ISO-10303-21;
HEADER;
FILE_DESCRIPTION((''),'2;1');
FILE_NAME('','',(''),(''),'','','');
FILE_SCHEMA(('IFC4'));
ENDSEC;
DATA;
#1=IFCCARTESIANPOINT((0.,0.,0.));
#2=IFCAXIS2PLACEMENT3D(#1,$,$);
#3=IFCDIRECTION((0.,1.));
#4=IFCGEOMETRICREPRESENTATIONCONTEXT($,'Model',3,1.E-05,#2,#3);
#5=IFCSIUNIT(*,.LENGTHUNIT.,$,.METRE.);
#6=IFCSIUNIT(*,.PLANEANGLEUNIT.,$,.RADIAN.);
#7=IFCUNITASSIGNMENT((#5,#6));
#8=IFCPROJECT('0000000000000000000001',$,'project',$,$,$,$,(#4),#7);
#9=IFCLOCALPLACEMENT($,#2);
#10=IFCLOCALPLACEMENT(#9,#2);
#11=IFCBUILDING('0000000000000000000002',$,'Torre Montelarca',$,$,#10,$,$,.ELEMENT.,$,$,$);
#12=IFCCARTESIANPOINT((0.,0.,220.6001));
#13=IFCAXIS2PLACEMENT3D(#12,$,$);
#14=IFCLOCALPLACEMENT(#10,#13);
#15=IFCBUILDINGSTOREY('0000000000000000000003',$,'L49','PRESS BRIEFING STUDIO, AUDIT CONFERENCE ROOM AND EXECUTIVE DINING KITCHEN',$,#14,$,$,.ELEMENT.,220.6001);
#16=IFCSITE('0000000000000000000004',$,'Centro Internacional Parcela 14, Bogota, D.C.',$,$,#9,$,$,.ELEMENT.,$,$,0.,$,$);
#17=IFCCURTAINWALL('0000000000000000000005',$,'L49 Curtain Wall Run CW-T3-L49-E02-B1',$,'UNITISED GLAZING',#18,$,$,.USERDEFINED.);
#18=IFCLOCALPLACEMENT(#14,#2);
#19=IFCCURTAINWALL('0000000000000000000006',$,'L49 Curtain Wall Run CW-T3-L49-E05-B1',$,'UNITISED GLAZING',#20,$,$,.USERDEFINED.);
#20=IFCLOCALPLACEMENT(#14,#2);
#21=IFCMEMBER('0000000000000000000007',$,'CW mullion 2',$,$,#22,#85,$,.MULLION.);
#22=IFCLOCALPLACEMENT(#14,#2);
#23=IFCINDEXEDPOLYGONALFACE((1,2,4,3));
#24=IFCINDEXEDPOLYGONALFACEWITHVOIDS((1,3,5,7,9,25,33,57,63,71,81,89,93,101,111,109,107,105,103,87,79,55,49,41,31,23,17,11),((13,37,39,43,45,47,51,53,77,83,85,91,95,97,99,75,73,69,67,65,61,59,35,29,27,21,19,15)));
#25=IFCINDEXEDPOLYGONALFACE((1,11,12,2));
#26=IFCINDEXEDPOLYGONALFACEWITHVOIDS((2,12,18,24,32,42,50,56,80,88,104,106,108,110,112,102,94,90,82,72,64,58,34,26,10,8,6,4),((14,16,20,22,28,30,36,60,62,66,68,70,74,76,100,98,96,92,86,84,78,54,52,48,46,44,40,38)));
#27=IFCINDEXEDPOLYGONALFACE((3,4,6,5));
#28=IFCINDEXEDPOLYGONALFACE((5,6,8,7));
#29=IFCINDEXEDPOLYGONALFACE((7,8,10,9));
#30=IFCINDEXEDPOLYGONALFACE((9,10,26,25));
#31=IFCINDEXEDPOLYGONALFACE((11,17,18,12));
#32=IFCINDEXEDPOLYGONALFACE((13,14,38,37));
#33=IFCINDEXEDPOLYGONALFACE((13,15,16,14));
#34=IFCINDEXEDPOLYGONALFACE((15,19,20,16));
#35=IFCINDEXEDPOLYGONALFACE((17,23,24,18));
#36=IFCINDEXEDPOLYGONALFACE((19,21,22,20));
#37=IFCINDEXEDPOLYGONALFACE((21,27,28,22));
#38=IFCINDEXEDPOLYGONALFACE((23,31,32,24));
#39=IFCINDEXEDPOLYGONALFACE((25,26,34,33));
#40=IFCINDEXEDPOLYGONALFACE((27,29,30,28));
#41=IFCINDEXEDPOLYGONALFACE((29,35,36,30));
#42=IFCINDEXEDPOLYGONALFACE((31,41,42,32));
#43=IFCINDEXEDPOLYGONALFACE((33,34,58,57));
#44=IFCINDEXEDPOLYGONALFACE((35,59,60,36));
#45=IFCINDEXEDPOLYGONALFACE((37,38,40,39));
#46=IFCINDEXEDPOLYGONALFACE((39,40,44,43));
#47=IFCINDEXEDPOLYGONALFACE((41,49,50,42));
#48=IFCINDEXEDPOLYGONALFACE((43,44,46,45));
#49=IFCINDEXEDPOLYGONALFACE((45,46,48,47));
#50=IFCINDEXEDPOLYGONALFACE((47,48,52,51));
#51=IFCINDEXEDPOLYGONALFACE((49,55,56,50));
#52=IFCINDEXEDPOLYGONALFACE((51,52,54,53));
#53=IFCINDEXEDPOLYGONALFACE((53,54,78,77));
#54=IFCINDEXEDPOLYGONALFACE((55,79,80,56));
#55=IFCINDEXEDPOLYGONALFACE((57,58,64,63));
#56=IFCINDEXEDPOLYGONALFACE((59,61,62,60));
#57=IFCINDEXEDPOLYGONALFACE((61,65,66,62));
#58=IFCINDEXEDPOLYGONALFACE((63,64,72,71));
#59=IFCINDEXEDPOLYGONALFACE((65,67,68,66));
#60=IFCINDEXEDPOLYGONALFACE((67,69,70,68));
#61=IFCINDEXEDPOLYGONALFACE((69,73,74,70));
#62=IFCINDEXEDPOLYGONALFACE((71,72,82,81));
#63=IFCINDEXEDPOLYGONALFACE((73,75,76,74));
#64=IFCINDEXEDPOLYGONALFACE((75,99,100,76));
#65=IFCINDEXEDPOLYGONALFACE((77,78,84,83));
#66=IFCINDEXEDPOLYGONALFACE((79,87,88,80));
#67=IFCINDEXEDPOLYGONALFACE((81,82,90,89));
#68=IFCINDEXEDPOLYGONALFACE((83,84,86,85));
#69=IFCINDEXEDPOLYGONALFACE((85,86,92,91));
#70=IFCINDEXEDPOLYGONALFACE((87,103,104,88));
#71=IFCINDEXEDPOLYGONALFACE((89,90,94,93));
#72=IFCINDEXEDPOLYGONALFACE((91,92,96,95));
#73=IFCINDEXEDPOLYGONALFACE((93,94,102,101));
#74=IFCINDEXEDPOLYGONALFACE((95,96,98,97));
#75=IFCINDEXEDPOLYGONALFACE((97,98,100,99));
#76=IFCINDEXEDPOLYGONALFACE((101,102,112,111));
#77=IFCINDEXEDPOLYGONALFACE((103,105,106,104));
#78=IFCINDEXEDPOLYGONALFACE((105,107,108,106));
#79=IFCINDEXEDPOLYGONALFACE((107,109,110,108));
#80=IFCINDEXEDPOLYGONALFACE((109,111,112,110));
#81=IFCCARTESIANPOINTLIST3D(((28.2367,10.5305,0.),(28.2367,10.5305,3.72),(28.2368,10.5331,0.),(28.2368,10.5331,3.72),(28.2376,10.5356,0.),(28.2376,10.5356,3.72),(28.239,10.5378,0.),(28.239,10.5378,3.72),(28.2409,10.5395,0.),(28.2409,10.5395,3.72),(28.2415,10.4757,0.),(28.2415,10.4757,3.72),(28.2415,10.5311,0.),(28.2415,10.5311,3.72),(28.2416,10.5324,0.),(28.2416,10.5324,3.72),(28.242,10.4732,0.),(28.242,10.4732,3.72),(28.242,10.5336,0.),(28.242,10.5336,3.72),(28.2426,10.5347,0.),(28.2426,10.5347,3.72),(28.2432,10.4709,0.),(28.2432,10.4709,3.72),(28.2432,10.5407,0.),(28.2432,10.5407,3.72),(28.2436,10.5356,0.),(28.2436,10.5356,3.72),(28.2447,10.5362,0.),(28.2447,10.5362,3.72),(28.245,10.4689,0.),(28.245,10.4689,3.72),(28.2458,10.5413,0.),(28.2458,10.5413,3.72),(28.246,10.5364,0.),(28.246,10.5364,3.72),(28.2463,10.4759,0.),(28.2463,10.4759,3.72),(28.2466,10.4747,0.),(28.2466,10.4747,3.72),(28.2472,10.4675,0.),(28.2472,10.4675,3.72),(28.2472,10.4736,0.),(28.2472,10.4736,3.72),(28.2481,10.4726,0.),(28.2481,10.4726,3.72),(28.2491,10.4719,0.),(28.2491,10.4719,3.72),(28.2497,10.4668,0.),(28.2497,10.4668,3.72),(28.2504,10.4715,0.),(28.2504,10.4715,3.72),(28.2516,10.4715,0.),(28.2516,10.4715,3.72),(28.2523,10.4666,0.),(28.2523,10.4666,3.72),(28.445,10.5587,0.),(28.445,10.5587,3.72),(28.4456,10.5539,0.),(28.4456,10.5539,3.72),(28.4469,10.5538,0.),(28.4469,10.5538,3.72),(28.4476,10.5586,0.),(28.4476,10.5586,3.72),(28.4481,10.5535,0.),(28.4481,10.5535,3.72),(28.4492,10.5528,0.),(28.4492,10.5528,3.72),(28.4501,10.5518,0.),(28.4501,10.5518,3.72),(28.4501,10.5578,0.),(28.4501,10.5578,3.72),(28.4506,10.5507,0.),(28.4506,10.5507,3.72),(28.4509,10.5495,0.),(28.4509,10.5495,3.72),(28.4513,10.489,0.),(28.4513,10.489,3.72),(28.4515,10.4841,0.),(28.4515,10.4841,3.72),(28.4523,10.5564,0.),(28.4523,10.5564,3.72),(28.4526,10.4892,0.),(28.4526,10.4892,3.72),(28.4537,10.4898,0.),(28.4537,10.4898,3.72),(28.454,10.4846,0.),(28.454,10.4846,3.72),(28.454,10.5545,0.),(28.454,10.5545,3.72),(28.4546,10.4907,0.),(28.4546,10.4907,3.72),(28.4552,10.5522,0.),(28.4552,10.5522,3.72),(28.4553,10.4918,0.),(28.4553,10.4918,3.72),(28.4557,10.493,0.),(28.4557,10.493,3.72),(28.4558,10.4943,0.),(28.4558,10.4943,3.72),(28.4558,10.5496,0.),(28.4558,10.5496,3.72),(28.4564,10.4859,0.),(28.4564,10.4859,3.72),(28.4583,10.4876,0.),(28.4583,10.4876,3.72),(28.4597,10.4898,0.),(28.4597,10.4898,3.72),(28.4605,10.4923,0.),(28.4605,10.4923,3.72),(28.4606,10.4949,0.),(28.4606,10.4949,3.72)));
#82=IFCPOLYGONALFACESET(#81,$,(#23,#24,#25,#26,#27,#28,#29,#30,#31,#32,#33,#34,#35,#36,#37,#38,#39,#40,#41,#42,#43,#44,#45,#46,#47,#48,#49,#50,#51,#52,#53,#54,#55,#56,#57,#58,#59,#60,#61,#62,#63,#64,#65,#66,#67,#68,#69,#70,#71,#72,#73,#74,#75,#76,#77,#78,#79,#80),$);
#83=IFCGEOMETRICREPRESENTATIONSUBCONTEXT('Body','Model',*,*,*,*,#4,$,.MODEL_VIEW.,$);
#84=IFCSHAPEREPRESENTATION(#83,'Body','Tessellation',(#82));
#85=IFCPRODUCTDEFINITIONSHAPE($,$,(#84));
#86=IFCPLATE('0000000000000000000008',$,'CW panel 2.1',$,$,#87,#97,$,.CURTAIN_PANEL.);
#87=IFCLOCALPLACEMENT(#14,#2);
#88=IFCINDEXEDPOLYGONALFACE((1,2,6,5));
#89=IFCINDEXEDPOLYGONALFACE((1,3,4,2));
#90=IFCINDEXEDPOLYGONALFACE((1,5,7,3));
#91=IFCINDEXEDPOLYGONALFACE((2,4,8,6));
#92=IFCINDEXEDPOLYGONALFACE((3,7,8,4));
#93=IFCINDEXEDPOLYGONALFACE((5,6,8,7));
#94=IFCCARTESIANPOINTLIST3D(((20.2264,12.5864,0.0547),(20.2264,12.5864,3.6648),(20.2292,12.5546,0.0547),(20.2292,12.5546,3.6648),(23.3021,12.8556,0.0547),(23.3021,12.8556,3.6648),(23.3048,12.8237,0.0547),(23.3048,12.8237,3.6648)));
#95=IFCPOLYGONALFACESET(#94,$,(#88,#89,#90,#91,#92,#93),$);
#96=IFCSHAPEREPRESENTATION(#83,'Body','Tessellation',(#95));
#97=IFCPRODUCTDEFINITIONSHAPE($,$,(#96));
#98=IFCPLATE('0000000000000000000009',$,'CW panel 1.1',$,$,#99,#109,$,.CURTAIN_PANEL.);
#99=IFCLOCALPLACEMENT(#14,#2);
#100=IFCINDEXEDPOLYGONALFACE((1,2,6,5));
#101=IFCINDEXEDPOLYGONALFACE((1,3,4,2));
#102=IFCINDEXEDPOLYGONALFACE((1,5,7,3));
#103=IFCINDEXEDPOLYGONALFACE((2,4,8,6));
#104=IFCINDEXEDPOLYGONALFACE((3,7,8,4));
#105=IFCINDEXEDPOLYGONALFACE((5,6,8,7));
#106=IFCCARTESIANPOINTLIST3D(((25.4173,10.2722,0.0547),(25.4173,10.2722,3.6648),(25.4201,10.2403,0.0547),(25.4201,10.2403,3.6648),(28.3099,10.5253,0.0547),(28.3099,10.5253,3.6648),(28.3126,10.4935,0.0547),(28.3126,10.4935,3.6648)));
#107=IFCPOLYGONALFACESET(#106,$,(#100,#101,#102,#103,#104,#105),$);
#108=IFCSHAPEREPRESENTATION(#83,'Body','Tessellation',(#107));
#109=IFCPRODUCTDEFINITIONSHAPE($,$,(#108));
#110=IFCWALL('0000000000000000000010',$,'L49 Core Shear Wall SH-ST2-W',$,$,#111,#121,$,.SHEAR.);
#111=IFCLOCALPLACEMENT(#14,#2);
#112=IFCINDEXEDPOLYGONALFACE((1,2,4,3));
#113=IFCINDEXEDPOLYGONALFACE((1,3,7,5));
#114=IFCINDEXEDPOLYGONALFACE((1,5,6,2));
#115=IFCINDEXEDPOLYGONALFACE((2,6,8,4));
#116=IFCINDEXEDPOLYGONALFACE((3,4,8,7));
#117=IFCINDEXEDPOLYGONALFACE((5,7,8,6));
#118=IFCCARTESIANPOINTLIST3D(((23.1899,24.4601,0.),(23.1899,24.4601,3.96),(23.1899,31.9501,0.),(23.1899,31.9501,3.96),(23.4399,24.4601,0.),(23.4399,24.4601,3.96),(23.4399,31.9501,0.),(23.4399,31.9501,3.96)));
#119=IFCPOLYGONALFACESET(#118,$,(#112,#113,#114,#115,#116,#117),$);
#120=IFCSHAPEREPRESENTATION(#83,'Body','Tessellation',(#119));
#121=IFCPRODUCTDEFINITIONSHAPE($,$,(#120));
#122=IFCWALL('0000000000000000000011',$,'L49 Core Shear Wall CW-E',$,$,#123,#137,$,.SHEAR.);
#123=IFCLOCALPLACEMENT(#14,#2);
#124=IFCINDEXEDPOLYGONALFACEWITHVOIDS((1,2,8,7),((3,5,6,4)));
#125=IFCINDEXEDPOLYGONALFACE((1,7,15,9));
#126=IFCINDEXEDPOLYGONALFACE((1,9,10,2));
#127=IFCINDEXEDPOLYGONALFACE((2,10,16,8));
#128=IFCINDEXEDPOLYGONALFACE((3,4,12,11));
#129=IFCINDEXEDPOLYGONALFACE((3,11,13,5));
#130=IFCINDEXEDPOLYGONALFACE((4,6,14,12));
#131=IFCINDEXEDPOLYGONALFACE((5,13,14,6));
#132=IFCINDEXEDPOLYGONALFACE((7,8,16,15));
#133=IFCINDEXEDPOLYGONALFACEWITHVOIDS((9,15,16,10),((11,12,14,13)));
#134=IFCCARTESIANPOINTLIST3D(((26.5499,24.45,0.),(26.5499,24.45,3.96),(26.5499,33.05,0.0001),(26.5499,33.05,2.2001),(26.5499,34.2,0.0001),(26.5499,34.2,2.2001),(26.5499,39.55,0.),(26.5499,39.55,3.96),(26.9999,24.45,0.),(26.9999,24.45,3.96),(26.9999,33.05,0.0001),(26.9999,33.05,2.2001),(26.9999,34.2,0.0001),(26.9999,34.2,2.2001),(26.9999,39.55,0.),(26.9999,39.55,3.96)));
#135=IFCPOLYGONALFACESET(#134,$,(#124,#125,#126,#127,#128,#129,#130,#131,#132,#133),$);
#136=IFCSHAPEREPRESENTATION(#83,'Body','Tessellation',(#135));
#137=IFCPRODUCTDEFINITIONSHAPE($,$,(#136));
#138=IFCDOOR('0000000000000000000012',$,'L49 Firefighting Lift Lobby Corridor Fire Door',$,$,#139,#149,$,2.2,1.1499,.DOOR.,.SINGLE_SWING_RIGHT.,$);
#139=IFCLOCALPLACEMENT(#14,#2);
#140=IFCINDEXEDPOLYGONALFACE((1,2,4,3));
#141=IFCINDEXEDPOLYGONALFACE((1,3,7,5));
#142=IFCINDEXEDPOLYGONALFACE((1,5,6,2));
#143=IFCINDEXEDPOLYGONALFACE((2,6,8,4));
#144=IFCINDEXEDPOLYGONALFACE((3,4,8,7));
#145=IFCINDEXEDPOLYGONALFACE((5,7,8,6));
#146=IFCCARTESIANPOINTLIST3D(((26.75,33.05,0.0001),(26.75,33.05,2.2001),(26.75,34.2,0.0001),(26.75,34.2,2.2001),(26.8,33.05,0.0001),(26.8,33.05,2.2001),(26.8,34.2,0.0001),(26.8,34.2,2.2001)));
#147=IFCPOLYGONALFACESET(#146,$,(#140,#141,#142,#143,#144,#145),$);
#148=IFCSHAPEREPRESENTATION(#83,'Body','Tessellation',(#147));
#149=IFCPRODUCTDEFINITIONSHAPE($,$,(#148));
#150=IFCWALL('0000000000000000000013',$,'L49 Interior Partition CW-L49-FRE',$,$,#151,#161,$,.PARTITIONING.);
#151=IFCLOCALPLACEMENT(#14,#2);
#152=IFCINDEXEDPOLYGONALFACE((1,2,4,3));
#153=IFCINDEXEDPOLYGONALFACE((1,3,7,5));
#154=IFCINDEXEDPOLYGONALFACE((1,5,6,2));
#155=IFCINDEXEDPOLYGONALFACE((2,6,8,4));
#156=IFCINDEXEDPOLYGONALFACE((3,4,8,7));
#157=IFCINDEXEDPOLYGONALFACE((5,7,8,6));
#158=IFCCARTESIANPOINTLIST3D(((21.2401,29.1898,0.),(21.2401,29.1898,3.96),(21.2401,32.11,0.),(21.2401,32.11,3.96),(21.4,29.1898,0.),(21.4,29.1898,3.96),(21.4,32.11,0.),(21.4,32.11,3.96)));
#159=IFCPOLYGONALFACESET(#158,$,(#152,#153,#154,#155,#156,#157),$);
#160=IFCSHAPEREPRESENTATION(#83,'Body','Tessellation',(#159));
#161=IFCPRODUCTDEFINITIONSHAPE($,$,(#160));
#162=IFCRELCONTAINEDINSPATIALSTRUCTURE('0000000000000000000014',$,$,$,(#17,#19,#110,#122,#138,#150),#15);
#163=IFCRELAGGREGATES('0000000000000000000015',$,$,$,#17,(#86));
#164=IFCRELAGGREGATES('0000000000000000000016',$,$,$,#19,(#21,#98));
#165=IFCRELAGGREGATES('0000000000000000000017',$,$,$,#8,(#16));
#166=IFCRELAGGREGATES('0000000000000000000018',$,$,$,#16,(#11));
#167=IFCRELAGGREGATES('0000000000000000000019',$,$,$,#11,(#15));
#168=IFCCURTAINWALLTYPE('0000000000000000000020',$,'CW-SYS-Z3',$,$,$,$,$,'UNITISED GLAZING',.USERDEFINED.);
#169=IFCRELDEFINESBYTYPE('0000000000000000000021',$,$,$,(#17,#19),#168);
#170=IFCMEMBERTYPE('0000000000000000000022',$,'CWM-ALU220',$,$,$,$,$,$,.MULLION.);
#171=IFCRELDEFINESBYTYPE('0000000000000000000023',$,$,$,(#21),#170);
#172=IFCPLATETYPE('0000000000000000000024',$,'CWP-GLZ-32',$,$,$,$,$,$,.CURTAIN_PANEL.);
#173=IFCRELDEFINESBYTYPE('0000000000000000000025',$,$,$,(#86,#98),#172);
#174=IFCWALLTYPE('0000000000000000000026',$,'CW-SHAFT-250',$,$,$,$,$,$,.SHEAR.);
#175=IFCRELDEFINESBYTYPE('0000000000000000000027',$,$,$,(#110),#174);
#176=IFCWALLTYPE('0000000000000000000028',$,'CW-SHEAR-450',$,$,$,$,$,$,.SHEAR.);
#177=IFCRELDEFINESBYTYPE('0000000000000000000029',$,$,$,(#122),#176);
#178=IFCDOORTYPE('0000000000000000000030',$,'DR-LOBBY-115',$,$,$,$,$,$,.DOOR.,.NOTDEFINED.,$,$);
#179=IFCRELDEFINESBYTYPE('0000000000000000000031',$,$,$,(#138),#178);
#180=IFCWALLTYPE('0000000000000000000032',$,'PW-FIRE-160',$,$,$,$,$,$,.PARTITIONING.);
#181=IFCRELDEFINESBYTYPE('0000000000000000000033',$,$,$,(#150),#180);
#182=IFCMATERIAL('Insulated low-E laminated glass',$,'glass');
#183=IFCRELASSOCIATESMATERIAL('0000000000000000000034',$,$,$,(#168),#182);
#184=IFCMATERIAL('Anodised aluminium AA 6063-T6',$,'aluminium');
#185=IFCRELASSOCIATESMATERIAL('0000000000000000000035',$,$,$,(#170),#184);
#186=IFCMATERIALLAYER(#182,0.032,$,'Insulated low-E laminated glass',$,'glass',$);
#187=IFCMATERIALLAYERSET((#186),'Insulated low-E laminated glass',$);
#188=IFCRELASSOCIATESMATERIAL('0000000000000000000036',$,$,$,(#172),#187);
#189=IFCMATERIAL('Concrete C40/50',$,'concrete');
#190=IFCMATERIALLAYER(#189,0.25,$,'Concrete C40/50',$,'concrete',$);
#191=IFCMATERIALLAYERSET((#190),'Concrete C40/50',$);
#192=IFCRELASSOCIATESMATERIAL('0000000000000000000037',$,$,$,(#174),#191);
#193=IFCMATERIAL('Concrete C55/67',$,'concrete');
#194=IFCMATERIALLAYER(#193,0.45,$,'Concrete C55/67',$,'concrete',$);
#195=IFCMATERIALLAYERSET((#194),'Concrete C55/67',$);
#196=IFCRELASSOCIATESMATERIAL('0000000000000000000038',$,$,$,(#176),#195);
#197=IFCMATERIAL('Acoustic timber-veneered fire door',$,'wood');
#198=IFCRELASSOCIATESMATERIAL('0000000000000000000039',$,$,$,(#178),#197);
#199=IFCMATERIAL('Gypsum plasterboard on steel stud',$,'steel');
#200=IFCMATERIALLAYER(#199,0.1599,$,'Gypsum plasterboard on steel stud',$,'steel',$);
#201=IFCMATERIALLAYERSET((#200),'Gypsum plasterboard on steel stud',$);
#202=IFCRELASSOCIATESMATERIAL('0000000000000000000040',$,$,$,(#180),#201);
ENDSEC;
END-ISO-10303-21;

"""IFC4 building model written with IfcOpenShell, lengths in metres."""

from ifc_helpers import new_model, si_unit, direction, frame, frame_2d, origin, origin_2d, place, context, subcontext, project, spatial, rectangle, hollow_rectangle, extrude, source, transform, mapped, material, layer, layer_set, material_profile, profile_set, type_object, element, fill, aggregate, save


model = new_model("IFC4")

# Units and contexts
model_context = context("Model", 3, precision=1e-05, world=origin(), true_north=direction((0.0, 1.0)))
body_context = subcontext(model_context, "Body", "Model", "MODEL_VIEW")
ifc_project = project(units=[si_unit("LENGTHUNIT", "METRE"), si_unit("PLANEANGLEUNIT", "RADIAN")], contexts=[model_context])

# Site, building, storey
site_placement = place(None, origin())
site = spatial("IfcSite", under=ifc_project, at=site_placement, Name="Centro Internacional Parcela 14, Bogota, D.C.", CompositionType="ELEMENT", RefElevation=0.0)
building_placement = place(site_placement, origin())
building = spatial("IfcBuilding", under=site, at=building_placement, Name="Torre Montelarca", CompositionType="ELEMENT")
storey_placement = place(building_placement, frame((0.0, 0.0, 220.6001)))
storey = spatial("IfcBuildingStorey", under=building, at=storey_placement, Name="L49", Description="PRESS BRIEFING STUDIO, AUDIT CONFERENCE ROOM AND EXECUTIVE DINING KITCHEN", CompositionType="ELEMENT", Elevation=220.6001)

# Shared definitions
ifc_material_1 = material(Name="Concrete C55/67", Category="concrete")

# Curtain walls
ifc_material_2 = material(Name="Insulated low-E laminated glass", Category="glass")
curtain_wall_type = type_object("IfcCurtainWallType", Name="CW-SYS-Z3", ElementType="UNITISED GLAZING", PredefinedType="USERDEFINED", material=ifc_material_2)
curtain_wall_1_placement = place(storey_placement, origin())
curtain_wall_1 = element("IfcCurtainWall", 1, at=curtain_wall_1_placement, inside=storey, type_object=curtain_wall_type, Name="L49 Curtain Wall Run CW-T3-L49-E02-B1", ObjectType="UNITISED GLAZING", PredefinedType="USERDEFINED")
ifc_material_3 = material(Name="Anodised aluminium AA 6063-T6", Category="aluminium")
curtain_wall_2_placement = place(storey_placement, origin())
curtain_wall_2 = element("IfcCurtainWall", 2, at=curtain_wall_2_placement, inside=storey, type_object=curtain_wall_type, Name="L49 Curtain Wall Run CW-T3-L49-E05-B1", ObjectType="UNITISED GLAZING", PredefinedType="USERDEFINED")

# Member
ifc_material_profile_1 = material_profile(ifc_material_3, hollow_rectangle(XDim=0.075, YDim=0.22, WallThickness=0.0049, InnerFilletRadius=0.0049, OuterFilletRadius=0.01, at=origin_2d()), Name="ALU75X220X5", Category="aluminium")
ifc_profile_set_1 = profile_set([ifc_material_profile_1], Name="Anodised aluminium AA 6063-T6")
member_type_1 = type_object("IfcMemberType", Name="CWM-ALU220", PredefinedType="MULLION", material=ifc_profile_set_1)
shared_shape_1 = source(origin(), body_context, "Body", "SweptSolid", [
    extrude(hollow_rectangle(XDim=0.075, YDim=0.22, WallThickness=0.0049, InnerFilletRadius=0.0049, OuterFilletRadius=0.01, at=origin_2d()), origin(), (0.0, 0.0, 1.0), 3.72),
])
member_1_placement = place(storey_placement, frame((28.3486, 10.5127, 0.0), z_axis=(0.0, 0.0, 1.0), x_axis=(-0.087181, 0.996192, 0.0)))
member_1 = element("IfcMember", 3, at=member_1_placement, type_object=member_type_1, Name="CW mullion 2", PredefinedType="MULLION", context=body_context, shape_type="MappedRepresentation", body=[
    mapped(shared_shape_1, transform((0.0, 0.0, 0.0), scale=1.0)),
])

# Plates
ifc_layer_1 = layer(ifc_material_2, 0.032, Name="Insulated low-E laminated glass", Category="glass")
ifc_layer_set_1 = layer_set([ifc_layer_1], Name="Insulated low-E laminated glass")
plate_type = type_object("IfcPlateType", Name="CWP-GLZ-32", PredefinedType="CURTAIN_PANEL", material=ifc_layer_set_1)
shared_shape_2 = source(origin(), body_context, "Body", "SweptSolid", [
    extrude(rectangle(XDim=3.0874, YDim=0.032, at=origin_2d()), origin(), (0.0, 0.0, 1.0), 3.6101),
])
plate_1_placement = place(storey_placement, frame((21.7656, 12.7051, 0.0547), z_axis=(0.0, 0.0, 1.0), x_axis=(0.996192, 0.087189, 0.0)))
plate_1 = element("IfcPlate", 4, at=plate_1_placement, type_object=plate_type, Name="CW panel 2.1", PredefinedType="CURTAIN_PANEL", context=body_context, shape_type="MappedRepresentation", body=[
    mapped(shared_shape_2, transform((0.0, 0.0, 0.0), scale=1.0)),
])
aggregate(curtain_wall_1, [plate_1])
shared_shape_3 = source(origin(), body_context, "Body", "SweptSolid", [
    extrude(rectangle(XDim=2.9036, YDim=0.032, at=origin_2d()), origin(), (0.0, 0.0, 1.0), 3.6101),
])
plate_2_placement = place(storey_placement, frame((26.865, 10.3828, 0.0547), z_axis=(0.0, 0.0, 1.0), x_axis=(0.996192, 0.087181, 0.0)))
plate_2 = element("IfcPlate", 5, at=plate_2_placement, type_object=plate_type, Name="CW panel 1.1", PredefinedType="CURTAIN_PANEL", context=body_context, shape_type="MappedRepresentation", body=[
    mapped(shared_shape_3, transform((0.0, 0.0, 0.0), scale=1.0)),
])
aggregate(curtain_wall_2, [member_1, plate_2])

# Wall
ifc_material_4 = material(Name="Concrete C40/50", Category="concrete")
ifc_layer_2 = layer(ifc_material_4, 0.25, Name="Concrete C40/50", Category="concrete")
ifc_layer_set_2 = layer_set([ifc_layer_2], Name="Concrete C40/50")
wall_type_1 = type_object("IfcWallType", Name="CW-SHAFT-250", PredefinedType="SHEAR", material=ifc_layer_set_2)
wall_1_placement = place(storey_placement, frame((23.3149, 24.46, 0.0), z_axis=(0.0, 0.0, 1.0), x_axis=(0.0, 1.0, 0.0)))
element("IfcWall", 6, at=wall_1_placement, inside=storey, type_object=wall_type_1, Name="L49 Core Shear Wall SH-ST2-W", PredefinedType="SHEAR", context=body_context, shape_type="SweptSolid", body=[
    extrude(rectangle(XDim=7.49, YDim=0.25, at=frame_2d((3.7451, 0.0))), origin(), (0.0, 0.0, 1.0), 3.96),
])

# Wall, opening, door
ifc_layer_3 = layer(ifc_material_1, 0.45, Name="Concrete C55/67", Category="concrete")
ifc_layer_set_3 = layer_set([ifc_layer_3], Name="Concrete C55/67")
wall_type_2 = type_object("IfcWallType", Name="CW-SHEAR-450", PredefinedType="SHEAR", material=ifc_layer_set_3)
wall_2_placement = place(storey_placement, frame((26.7749, 24.45, 0.0), z_axis=(0.0, 0.0, 1.0), x_axis=(0.0, 1.0, 0.0)))
wall_2 = element("IfcWall", 7, at=wall_2_placement, inside=storey, type_object=wall_type_2, Name="L49 Core Shear Wall CW-E", PredefinedType="SHEAR", context=body_context, shape_type="SweptSolid", body=[
    extrude(rectangle(XDim=15.1001, YDim=0.45, at=frame_2d((7.55, 0.0))), origin(), (0.0, 0.0, 1.0), 3.96),
])
opening_1_placement = place(wall_2_placement, frame((8.6001, 0.0, 0.0)))
opening_1 = element("IfcOpeningElement", 8, at=opening_1_placement, cuts=wall_2, PredefinedType="OPENING", context=body_context, shape_type="SweptSolid", body=[
    extrude(rectangle(XDim=1.1499, YDim=2.2, at=frame_2d((0.575, 1.1001))), frame((0.0, 0.2349, 0.0), z_axis=(0.0, -1.0, 0.0), x_axis=(1.0, 0.0, 0.0)), (0.0, 0.0, 1.0), 0.47),
])
ifc_material_5 = material(Name="Acoustic timber-veneered fire door", Category="wood")
door_type_1 = type_object("IfcDoorType", Name="DR-LOBBY-115", OperationType="NOTDEFINED", PredefinedType="DOOR", material=ifc_material_5)
shared_shape_4 = source(origin(), body_context, "Body", "SweptSolid", [
    extrude(rectangle(XDim=1.1499, YDim=2.2, at=frame_2d((0.575, 1.1001))), frame((0.0, 0.0249, 0.0), z_axis=(0.0, -1.0, 0.0), x_axis=(1.0, 0.0, 0.0)), (0.0, 0.0, 1.0), 0.05),
])
door_1_placement = place(opening_1_placement, origin())
door_1 = element("IfcDoor", 9, at=door_1_placement, inside=storey, type_object=door_type_1, Name="L49 Firefighting Lift Lobby Corridor Fire Door", OperationType="SINGLE_SWING_RIGHT", OverallHeight=2.2, OverallWidth=1.1499, PredefinedType="DOOR", context=body_context, shape_type="MappedRepresentation", body=[
    mapped(shared_shape_4, transform((0.0, 0.0, 0.0), scale=1.0)),
])
fill(opening_1, door_1)

# Wall
ifc_material_6 = material(Name="Gypsum plasterboard on steel stud", Category="steel")
ifc_layer_4 = layer(ifc_material_6, 0.1599, Name="Gypsum plasterboard on steel stud", Category="steel")
ifc_layer_set_4 = layer_set([ifc_layer_4], Name="Gypsum plasterboard on steel stud")
wall_type_3 = type_object("IfcWallType", Name="PW-FIRE-160", PredefinedType="PARTITIONING", material=ifc_layer_set_4)
wall_3_placement = place(storey_placement, frame((21.3201, 29.1899, 0.0), z_axis=(0.0, 0.0, 1.0), x_axis=(0.0, 1.0, 0.0)))
element("IfcWall", 10, at=wall_3_placement, inside=storey, type_object=wall_type_3, Name="L49 Interior Partition CW-L49-FRE", PredefinedType="PARTITIONING", context=body_context, shape_type="SweptSolid", body=[
    extrude(rectangle(XDim=2.9202, YDim=0.1599, at=frame_2d((1.46, 0.0))), origin(), (0.0, 0.0, 1.0), 3.96),
])

save(model, "model.ifc")
